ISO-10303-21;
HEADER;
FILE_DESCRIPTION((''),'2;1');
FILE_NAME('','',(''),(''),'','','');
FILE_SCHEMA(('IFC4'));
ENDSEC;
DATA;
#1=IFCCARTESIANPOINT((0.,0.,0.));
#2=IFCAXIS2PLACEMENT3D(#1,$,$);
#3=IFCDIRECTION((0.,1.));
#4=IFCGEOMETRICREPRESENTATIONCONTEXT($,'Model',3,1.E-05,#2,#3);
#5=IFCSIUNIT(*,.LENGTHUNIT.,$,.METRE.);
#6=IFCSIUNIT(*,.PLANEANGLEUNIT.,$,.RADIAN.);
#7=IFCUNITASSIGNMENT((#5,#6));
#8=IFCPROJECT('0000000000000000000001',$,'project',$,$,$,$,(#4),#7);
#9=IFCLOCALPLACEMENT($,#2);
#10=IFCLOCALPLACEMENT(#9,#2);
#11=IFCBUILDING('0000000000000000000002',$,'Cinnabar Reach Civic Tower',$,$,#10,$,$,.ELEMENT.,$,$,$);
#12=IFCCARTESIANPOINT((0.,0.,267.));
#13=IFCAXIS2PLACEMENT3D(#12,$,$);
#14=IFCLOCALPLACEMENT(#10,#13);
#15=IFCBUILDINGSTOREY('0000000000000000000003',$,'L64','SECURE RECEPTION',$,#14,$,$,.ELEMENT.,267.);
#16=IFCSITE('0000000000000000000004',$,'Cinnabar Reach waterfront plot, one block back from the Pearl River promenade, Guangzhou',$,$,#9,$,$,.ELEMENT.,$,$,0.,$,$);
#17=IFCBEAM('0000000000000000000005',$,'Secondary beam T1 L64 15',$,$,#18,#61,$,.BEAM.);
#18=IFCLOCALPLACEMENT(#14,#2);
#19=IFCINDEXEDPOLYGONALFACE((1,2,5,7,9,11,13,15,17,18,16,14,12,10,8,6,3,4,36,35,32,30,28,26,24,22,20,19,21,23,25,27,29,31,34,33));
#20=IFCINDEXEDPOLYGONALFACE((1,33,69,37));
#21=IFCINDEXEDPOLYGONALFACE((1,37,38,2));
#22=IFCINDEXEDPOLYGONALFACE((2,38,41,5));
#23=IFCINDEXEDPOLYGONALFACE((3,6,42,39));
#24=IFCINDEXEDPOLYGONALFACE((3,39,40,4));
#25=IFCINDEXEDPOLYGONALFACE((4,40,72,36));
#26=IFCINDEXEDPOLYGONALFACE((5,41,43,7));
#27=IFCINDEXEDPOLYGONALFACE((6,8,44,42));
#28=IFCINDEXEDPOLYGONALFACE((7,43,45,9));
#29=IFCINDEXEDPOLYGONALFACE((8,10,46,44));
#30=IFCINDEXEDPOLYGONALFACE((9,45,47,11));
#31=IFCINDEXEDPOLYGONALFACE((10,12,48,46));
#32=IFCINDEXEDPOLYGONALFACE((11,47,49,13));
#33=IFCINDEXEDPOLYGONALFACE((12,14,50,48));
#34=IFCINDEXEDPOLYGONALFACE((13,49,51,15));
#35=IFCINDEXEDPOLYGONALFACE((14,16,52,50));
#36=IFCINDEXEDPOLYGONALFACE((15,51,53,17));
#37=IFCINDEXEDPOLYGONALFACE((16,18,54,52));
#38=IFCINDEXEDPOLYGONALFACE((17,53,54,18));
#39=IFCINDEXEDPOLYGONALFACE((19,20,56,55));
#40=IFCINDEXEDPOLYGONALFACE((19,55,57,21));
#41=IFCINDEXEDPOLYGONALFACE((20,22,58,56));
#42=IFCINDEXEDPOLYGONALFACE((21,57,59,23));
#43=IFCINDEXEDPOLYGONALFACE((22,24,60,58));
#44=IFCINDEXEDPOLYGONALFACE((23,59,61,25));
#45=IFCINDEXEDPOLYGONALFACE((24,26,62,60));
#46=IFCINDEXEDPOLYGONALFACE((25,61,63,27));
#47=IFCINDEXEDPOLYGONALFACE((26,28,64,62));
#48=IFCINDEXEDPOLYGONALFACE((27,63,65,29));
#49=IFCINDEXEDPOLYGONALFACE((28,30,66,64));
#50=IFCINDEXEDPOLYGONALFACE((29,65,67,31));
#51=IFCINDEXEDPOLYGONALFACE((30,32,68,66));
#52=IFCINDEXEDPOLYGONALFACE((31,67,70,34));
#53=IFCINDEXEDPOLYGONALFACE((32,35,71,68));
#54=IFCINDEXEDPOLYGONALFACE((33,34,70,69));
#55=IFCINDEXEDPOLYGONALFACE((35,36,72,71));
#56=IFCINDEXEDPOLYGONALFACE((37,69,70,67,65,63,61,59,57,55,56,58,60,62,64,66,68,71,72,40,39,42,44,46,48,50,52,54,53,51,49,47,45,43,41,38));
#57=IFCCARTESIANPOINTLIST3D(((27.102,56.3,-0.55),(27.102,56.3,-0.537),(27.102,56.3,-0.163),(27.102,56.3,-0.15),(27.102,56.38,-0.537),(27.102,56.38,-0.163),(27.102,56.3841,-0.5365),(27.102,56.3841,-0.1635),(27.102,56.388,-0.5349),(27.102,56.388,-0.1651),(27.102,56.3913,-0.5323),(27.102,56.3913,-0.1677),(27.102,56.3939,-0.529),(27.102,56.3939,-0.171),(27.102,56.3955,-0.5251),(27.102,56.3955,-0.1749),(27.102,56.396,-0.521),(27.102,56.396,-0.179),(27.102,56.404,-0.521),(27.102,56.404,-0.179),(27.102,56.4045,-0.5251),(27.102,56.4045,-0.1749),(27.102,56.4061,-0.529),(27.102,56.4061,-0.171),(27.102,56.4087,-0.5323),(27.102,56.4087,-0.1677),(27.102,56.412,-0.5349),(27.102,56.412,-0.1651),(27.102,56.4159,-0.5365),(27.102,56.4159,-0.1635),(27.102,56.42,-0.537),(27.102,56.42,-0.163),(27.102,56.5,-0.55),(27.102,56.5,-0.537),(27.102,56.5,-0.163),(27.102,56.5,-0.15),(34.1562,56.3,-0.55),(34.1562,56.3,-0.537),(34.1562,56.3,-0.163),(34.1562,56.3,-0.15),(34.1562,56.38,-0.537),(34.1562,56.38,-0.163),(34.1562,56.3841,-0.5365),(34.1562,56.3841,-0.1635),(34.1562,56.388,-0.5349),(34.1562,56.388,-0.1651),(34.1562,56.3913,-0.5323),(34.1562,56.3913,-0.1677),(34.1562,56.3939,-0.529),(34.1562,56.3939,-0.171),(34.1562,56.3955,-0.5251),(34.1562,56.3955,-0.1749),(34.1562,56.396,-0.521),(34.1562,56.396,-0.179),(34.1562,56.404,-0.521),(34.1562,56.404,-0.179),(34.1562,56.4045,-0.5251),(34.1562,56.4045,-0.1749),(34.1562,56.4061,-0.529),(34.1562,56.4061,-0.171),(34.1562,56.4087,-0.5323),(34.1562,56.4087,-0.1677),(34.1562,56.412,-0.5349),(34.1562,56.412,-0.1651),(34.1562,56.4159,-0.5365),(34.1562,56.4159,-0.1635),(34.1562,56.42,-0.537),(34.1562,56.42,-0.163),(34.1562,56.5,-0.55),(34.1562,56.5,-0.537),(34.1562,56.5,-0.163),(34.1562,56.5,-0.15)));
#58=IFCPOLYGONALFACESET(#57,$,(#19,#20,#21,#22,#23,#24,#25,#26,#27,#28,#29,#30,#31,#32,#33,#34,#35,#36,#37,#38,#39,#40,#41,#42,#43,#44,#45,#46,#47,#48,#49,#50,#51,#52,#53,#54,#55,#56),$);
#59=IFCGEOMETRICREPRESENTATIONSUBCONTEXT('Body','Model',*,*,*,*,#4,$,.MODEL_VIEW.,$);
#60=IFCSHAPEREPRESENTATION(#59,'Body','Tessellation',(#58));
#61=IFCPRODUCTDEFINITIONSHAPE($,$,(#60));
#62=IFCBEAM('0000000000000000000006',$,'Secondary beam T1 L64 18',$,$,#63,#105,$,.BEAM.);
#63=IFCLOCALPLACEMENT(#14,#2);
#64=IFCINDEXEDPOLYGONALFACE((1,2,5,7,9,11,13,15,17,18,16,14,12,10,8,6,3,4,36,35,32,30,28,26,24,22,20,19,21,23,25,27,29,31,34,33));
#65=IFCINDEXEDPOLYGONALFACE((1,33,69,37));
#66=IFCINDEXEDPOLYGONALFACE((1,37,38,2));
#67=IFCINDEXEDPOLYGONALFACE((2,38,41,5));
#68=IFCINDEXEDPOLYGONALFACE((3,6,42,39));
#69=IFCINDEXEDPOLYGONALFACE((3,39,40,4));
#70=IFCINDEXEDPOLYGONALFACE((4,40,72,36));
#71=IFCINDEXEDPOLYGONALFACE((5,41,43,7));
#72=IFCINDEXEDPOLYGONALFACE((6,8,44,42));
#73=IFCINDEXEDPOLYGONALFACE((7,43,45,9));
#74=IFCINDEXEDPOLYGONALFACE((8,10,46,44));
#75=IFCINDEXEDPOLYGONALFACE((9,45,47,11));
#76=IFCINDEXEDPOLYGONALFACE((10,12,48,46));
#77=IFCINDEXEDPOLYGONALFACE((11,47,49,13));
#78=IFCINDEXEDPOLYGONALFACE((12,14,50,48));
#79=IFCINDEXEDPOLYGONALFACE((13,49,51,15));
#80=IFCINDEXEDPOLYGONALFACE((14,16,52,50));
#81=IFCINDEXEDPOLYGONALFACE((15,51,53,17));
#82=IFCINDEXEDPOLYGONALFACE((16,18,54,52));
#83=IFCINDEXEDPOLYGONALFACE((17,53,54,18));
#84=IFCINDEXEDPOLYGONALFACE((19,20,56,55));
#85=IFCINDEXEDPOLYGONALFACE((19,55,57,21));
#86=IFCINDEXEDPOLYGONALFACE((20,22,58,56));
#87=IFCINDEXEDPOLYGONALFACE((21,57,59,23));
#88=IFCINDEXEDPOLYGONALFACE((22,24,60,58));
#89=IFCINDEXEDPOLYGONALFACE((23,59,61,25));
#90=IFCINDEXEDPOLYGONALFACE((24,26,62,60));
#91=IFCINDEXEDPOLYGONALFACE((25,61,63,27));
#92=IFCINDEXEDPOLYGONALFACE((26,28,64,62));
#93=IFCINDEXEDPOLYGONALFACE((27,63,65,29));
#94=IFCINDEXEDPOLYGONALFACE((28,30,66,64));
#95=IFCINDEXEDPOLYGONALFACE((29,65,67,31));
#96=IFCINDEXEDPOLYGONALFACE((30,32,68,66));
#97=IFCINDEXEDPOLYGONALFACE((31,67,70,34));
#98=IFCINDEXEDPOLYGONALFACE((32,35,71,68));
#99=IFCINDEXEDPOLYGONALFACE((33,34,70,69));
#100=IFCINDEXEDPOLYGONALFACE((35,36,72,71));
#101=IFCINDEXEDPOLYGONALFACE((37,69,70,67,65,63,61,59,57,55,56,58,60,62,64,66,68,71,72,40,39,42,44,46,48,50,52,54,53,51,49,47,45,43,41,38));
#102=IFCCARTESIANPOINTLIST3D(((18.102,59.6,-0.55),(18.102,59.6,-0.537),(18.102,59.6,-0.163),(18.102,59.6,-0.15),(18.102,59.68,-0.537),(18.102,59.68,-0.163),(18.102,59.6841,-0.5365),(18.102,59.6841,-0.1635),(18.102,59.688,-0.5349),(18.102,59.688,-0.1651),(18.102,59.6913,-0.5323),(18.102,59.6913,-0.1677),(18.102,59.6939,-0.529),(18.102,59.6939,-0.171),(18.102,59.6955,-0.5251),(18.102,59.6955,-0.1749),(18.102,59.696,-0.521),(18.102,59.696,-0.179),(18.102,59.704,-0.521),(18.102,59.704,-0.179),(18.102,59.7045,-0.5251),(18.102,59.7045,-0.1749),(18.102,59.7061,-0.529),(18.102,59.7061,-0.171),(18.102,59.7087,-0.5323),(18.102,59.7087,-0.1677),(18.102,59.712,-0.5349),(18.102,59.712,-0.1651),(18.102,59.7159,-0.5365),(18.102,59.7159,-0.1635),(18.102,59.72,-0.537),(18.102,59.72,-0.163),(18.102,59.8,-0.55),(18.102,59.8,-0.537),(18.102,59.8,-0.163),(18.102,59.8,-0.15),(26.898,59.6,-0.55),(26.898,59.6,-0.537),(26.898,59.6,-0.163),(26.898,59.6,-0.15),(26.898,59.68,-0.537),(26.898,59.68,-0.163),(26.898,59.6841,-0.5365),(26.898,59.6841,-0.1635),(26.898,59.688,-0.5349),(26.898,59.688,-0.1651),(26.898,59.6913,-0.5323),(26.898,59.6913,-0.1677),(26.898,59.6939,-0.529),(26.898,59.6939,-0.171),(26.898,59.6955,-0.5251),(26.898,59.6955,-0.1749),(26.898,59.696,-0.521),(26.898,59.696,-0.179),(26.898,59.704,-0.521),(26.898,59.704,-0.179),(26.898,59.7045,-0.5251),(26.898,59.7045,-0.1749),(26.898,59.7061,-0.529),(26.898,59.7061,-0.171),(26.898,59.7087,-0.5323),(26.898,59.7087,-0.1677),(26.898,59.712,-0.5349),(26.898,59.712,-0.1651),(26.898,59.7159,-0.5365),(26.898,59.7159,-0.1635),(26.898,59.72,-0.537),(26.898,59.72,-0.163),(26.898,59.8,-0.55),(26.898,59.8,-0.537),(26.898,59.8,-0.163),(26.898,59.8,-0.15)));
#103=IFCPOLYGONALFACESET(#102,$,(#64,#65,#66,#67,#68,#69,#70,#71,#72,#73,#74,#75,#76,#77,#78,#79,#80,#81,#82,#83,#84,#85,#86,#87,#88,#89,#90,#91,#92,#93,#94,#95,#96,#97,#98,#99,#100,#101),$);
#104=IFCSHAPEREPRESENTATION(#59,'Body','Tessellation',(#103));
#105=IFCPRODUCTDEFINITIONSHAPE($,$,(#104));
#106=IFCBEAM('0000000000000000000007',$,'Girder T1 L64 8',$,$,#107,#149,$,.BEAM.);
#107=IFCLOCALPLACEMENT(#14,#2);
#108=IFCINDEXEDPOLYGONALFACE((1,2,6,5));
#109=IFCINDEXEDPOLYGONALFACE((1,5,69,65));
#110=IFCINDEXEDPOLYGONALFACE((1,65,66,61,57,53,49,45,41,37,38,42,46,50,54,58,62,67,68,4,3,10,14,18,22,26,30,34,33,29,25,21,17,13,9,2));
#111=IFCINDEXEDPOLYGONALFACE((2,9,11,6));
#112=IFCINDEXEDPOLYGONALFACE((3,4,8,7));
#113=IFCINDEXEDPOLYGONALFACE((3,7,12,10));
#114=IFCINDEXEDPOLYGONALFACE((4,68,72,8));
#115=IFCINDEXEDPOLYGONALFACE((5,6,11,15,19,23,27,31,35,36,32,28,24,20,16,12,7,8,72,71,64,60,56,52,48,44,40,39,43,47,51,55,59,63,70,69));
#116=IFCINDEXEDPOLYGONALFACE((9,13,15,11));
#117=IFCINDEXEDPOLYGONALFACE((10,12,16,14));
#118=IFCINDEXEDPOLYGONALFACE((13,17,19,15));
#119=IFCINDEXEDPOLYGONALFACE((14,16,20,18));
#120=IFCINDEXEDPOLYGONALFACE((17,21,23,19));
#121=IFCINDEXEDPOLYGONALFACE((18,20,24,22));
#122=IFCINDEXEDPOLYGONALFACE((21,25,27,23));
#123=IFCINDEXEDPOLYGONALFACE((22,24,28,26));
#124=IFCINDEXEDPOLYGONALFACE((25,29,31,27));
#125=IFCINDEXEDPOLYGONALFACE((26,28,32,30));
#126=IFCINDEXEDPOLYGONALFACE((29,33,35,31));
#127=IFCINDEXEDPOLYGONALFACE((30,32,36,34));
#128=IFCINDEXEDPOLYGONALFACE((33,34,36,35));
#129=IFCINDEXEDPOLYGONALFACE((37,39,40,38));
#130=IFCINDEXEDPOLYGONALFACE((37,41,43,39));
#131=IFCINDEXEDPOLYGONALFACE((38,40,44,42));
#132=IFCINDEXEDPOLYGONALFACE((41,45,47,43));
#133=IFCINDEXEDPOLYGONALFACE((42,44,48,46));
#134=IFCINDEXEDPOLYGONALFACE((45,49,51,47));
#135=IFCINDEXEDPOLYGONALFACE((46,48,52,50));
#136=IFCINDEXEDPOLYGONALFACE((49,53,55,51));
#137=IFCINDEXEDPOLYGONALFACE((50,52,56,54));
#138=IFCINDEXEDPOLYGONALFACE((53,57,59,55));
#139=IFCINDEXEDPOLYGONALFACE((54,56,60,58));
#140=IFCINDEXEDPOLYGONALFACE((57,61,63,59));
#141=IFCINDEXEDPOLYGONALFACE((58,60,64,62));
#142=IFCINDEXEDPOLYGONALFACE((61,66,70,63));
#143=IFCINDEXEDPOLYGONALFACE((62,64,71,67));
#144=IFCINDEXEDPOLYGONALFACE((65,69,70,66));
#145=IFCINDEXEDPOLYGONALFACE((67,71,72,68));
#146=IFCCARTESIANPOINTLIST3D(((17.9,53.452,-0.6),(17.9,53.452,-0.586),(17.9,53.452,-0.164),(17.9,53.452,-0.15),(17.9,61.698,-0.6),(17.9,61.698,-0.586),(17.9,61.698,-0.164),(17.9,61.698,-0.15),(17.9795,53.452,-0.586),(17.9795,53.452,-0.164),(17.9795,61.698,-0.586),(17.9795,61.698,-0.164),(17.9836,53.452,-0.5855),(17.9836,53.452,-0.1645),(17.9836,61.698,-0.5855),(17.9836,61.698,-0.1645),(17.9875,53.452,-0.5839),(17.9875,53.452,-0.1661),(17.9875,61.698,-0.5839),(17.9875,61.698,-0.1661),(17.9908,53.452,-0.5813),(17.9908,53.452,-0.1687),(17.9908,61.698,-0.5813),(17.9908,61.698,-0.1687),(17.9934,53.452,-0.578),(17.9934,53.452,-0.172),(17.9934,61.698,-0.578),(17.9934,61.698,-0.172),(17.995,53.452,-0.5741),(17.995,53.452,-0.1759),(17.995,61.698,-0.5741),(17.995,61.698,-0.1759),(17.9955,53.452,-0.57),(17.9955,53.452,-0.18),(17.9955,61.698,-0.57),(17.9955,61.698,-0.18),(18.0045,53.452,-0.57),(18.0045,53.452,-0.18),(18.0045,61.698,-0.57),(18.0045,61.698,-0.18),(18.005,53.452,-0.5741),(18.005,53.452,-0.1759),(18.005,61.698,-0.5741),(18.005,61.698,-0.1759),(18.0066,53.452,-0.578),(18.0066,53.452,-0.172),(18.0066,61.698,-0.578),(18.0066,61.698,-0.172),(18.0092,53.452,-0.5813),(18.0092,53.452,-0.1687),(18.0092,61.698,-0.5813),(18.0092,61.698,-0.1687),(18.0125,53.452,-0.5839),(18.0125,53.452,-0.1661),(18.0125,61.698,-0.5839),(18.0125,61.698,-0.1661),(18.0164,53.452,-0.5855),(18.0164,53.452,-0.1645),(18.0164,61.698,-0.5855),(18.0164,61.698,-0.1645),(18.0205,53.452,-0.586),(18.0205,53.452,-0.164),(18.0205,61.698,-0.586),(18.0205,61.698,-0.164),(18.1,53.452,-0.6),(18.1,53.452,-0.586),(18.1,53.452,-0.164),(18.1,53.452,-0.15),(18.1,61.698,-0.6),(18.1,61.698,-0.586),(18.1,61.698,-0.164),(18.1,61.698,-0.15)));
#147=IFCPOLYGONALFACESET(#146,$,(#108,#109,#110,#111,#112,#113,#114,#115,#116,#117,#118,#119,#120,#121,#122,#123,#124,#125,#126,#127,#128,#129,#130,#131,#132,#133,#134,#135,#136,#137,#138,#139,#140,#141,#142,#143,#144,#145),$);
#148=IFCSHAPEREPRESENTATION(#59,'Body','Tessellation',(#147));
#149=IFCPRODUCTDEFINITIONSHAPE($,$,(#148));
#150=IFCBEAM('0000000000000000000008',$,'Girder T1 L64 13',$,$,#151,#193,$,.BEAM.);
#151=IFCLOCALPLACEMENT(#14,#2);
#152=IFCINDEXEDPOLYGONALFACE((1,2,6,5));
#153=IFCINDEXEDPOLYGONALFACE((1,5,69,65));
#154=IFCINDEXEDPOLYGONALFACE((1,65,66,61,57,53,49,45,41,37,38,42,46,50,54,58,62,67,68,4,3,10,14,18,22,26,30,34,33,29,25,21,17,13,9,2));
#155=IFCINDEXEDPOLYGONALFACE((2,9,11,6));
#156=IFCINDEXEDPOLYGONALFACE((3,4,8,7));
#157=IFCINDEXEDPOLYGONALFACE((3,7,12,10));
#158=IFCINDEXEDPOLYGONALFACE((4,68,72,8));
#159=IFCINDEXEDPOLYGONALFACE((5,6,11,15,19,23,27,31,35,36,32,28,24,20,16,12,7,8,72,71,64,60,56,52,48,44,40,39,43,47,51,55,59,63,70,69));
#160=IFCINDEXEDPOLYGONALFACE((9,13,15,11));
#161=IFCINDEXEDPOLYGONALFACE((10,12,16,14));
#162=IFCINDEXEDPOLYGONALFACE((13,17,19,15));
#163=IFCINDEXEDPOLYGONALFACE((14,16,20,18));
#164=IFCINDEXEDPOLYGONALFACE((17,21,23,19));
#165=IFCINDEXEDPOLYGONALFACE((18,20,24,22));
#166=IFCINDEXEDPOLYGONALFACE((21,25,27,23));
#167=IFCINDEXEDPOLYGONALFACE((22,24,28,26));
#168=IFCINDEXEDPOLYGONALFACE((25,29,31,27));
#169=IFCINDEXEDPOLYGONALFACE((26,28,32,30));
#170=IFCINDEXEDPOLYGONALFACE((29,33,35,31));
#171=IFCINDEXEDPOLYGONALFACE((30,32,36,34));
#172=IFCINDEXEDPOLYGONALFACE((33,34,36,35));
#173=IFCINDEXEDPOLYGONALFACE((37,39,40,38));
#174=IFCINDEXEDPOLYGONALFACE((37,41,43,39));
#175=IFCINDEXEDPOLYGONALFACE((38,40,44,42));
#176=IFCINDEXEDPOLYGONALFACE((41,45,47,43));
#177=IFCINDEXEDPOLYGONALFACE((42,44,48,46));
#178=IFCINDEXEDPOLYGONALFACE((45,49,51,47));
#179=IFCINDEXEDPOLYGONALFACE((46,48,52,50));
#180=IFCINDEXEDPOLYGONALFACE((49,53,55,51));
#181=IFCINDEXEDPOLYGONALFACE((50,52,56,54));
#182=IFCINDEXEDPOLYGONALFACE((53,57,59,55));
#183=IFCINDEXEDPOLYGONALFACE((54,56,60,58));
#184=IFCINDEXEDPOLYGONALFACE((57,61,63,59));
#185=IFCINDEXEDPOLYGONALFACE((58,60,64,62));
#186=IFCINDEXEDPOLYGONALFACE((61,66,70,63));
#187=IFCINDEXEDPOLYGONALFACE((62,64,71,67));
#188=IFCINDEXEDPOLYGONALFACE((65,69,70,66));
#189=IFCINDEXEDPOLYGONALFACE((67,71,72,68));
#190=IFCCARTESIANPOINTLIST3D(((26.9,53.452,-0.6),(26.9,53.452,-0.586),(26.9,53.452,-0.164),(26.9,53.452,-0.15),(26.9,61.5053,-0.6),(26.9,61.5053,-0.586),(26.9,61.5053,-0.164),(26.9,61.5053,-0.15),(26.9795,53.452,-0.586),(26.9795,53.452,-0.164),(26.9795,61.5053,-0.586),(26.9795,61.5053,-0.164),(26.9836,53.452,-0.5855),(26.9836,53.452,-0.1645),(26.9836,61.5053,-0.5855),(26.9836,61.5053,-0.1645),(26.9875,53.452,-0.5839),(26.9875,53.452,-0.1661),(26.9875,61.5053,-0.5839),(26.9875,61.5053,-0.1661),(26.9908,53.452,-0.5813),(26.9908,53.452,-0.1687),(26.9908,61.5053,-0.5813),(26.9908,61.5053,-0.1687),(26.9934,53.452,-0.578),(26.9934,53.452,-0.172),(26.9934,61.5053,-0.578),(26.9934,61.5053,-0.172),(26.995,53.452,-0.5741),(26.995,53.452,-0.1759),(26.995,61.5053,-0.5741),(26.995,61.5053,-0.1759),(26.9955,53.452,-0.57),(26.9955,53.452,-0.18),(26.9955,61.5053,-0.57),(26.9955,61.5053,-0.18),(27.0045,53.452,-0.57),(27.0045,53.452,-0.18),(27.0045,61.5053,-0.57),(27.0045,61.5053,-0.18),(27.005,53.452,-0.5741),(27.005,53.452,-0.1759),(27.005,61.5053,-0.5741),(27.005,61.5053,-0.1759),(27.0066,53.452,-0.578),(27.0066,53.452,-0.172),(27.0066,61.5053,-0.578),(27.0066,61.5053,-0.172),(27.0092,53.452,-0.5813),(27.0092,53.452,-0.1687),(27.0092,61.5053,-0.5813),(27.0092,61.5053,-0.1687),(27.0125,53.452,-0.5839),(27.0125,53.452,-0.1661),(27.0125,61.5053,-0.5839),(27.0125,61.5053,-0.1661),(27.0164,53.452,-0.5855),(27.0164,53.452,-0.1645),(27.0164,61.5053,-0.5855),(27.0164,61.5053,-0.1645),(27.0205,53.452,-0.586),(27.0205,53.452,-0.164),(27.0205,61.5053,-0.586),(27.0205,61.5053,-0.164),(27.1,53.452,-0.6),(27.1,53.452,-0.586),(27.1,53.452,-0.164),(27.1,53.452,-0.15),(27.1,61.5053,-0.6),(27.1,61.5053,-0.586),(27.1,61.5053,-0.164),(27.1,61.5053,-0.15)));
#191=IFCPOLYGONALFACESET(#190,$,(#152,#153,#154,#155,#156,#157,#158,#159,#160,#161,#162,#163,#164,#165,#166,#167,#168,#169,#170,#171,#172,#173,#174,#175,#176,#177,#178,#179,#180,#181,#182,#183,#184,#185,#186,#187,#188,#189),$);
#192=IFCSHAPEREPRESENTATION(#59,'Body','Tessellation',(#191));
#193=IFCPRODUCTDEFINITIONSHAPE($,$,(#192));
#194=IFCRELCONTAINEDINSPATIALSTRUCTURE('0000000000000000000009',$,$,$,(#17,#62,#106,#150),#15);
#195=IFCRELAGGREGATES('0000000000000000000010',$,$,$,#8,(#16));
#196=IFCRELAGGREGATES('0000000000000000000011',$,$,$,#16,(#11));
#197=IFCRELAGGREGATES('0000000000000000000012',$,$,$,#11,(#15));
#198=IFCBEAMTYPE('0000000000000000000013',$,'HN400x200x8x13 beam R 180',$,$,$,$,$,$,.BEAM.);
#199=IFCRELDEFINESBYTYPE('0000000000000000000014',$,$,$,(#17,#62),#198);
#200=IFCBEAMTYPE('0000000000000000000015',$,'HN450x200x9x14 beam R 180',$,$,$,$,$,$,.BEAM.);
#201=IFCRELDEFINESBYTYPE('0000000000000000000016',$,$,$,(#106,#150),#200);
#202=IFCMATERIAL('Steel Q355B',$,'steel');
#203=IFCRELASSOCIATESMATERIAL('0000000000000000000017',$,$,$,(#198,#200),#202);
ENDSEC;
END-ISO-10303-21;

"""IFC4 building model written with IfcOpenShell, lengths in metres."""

from ifc_helpers import new_model, si_unit, direction, frame, origin, origin_2d, place, context, subcontext, project, spatial, i_section, extrude, material, material_profile, profile_set, type_object, element, save


model = new_model("IFC4")

# Units and contexts
model_context = context("Model", 3, precision=1e-05, world=origin(), true_north=direction((0.0, 1.0)))
body_context = subcontext(model_context, "Body", "Model", "MODEL_VIEW")
ifc_project = project(units=[si_unit("LENGTHUNIT", "METRE"), si_unit("PLANEANGLEUNIT", "RADIAN")], contexts=[model_context])

# Site, building, storey
site_placement = place(None, origin())
site = spatial("IfcSite", under=ifc_project, at=site_placement, Name="Cinnabar Reach waterfront plot, one block back from the Pearl River promenade, Guangzhou", CompositionType="ELEMENT", RefElevation=0.0)
building_placement = place(site_placement, origin())
building = spatial("IfcBuilding", under=site, at=building_placement, Name="Cinnabar Reach Civic Tower", CompositionType="ELEMENT")
storey_placement = place(building_placement, frame((0.0, 0.0, 267.0)))
storey = spatial("IfcBuildingStorey", under=building, at=storey_placement, Name="L64", Description="SECURE RECEPTION", CompositionType="ELEMENT", Elevation=267.0)

# Beams
ifc_material_1 = material(Name="Steel Q355B", Category="steel")
ifc_material_profile_1 = material_profile(ifc_material_1, i_section(OverallWidth=0.2, OverallDepth=0.4, WebThickness=0.008, FlangeThickness=0.013, FilletRadius=0.016, at=origin_2d()), Name="HN400x200x8x13")
ifc_profile_set_1 = profile_set([ifc_material_profile_1], Name="Steel Q355B")
beam_type_1 = type_object("IfcBeamType", Name="HN400x200x8x13 beam R 180", PredefinedType="BEAM", material=ifc_profile_set_1)
beam_1_placement = place(storey_placement, frame((27.102, 56.4, -0.35), z_axis=(1.0, 0.0, 0.0), x_axis=(0.0, 1.0, 0.0)))
element("IfcBeam", 1, at=beam_1_placement, inside=storey, type_object=beam_type_1, Name="Secondary beam T1 L64 15", PredefinedType="BEAM", context=body_context, shape_type="SweptSolid", body=[
    extrude(i_section(OverallWidth=0.2, OverallDepth=0.4, WebThickness=0.008, FlangeThickness=0.013, FilletRadius=0.016, at=origin_2d()), origin(), (0.0, 0.0, 1.0), 7.0542),
])
beam_2_placement = place(storey_placement, frame((18.102, 59.7, -0.35), z_axis=(1.0, 0.0, 0.0), x_axis=(0.0, 1.0, 0.0)))
element("IfcBeam", 2, at=beam_2_placement, inside=storey, type_object=beam_type_1, Name="Secondary beam T1 L64 18", PredefinedType="BEAM", context=body_context, shape_type="SweptSolid", body=[
    extrude(i_section(OverallWidth=0.2, OverallDepth=0.4, WebThickness=0.008, FlangeThickness=0.013, FilletRadius=0.016, at=origin_2d()), origin(), (0.0, 0.0, 1.0), 8.796),
])
ifc_material_profile_2 = material_profile(ifc_material_1, i_section(OverallWidth=0.2, OverallDepth=0.45, WebThickness=0.009, FlangeThickness=0.014, FilletRadius=0.016, at=origin_2d()), Name="HN450x200x9x14")
ifc_profile_set_2 = profile_set([ifc_material_profile_2], Name="Steel Q355B")
beam_type_2 = type_object("IfcBeamType", Name="HN450x200x9x14 beam R 180", PredefinedType="BEAM", material=ifc_profile_set_2)
beam_3_placement = place(storey_placement, frame((18.0, 53.452, -0.375), z_axis=(0.0, 1.0, 0.0), x_axis=(-1.0, 0.0, 0.0)))
element("IfcBeam", 3, at=beam_3_placement, inside=storey, type_object=beam_type_2, Name="Girder T1 L64 8", PredefinedType="BEAM", context=body_context, shape_type="SweptSolid", body=[
    extrude(i_section(OverallWidth=0.2, OverallDepth=0.45, WebThickness=0.009, FlangeThickness=0.014, FilletRadius=0.016, at=origin_2d()), origin(), (0.0, 0.0, 1.0), 8.246),
])
beam_4_placement = place(storey_placement, frame((27.0, 53.452, -0.375), z_axis=(0.0, 1.0, 0.0), x_axis=(-1.0, 0.0, 0.0)))
element("IfcBeam", 4, at=beam_4_placement, inside=storey, type_object=beam_type_2, Name="Girder T1 L64 13", PredefinedType="BEAM", context=body_context, shape_type="SweptSolid", body=[
    extrude(i_section(OverallWidth=0.2, OverallDepth=0.45, WebThickness=0.009, FlangeThickness=0.014, FilletRadius=0.016, at=origin_2d()), origin(), (0.0, 0.0, 1.0), 8.0533),
])

save(model, "model.ifc")
